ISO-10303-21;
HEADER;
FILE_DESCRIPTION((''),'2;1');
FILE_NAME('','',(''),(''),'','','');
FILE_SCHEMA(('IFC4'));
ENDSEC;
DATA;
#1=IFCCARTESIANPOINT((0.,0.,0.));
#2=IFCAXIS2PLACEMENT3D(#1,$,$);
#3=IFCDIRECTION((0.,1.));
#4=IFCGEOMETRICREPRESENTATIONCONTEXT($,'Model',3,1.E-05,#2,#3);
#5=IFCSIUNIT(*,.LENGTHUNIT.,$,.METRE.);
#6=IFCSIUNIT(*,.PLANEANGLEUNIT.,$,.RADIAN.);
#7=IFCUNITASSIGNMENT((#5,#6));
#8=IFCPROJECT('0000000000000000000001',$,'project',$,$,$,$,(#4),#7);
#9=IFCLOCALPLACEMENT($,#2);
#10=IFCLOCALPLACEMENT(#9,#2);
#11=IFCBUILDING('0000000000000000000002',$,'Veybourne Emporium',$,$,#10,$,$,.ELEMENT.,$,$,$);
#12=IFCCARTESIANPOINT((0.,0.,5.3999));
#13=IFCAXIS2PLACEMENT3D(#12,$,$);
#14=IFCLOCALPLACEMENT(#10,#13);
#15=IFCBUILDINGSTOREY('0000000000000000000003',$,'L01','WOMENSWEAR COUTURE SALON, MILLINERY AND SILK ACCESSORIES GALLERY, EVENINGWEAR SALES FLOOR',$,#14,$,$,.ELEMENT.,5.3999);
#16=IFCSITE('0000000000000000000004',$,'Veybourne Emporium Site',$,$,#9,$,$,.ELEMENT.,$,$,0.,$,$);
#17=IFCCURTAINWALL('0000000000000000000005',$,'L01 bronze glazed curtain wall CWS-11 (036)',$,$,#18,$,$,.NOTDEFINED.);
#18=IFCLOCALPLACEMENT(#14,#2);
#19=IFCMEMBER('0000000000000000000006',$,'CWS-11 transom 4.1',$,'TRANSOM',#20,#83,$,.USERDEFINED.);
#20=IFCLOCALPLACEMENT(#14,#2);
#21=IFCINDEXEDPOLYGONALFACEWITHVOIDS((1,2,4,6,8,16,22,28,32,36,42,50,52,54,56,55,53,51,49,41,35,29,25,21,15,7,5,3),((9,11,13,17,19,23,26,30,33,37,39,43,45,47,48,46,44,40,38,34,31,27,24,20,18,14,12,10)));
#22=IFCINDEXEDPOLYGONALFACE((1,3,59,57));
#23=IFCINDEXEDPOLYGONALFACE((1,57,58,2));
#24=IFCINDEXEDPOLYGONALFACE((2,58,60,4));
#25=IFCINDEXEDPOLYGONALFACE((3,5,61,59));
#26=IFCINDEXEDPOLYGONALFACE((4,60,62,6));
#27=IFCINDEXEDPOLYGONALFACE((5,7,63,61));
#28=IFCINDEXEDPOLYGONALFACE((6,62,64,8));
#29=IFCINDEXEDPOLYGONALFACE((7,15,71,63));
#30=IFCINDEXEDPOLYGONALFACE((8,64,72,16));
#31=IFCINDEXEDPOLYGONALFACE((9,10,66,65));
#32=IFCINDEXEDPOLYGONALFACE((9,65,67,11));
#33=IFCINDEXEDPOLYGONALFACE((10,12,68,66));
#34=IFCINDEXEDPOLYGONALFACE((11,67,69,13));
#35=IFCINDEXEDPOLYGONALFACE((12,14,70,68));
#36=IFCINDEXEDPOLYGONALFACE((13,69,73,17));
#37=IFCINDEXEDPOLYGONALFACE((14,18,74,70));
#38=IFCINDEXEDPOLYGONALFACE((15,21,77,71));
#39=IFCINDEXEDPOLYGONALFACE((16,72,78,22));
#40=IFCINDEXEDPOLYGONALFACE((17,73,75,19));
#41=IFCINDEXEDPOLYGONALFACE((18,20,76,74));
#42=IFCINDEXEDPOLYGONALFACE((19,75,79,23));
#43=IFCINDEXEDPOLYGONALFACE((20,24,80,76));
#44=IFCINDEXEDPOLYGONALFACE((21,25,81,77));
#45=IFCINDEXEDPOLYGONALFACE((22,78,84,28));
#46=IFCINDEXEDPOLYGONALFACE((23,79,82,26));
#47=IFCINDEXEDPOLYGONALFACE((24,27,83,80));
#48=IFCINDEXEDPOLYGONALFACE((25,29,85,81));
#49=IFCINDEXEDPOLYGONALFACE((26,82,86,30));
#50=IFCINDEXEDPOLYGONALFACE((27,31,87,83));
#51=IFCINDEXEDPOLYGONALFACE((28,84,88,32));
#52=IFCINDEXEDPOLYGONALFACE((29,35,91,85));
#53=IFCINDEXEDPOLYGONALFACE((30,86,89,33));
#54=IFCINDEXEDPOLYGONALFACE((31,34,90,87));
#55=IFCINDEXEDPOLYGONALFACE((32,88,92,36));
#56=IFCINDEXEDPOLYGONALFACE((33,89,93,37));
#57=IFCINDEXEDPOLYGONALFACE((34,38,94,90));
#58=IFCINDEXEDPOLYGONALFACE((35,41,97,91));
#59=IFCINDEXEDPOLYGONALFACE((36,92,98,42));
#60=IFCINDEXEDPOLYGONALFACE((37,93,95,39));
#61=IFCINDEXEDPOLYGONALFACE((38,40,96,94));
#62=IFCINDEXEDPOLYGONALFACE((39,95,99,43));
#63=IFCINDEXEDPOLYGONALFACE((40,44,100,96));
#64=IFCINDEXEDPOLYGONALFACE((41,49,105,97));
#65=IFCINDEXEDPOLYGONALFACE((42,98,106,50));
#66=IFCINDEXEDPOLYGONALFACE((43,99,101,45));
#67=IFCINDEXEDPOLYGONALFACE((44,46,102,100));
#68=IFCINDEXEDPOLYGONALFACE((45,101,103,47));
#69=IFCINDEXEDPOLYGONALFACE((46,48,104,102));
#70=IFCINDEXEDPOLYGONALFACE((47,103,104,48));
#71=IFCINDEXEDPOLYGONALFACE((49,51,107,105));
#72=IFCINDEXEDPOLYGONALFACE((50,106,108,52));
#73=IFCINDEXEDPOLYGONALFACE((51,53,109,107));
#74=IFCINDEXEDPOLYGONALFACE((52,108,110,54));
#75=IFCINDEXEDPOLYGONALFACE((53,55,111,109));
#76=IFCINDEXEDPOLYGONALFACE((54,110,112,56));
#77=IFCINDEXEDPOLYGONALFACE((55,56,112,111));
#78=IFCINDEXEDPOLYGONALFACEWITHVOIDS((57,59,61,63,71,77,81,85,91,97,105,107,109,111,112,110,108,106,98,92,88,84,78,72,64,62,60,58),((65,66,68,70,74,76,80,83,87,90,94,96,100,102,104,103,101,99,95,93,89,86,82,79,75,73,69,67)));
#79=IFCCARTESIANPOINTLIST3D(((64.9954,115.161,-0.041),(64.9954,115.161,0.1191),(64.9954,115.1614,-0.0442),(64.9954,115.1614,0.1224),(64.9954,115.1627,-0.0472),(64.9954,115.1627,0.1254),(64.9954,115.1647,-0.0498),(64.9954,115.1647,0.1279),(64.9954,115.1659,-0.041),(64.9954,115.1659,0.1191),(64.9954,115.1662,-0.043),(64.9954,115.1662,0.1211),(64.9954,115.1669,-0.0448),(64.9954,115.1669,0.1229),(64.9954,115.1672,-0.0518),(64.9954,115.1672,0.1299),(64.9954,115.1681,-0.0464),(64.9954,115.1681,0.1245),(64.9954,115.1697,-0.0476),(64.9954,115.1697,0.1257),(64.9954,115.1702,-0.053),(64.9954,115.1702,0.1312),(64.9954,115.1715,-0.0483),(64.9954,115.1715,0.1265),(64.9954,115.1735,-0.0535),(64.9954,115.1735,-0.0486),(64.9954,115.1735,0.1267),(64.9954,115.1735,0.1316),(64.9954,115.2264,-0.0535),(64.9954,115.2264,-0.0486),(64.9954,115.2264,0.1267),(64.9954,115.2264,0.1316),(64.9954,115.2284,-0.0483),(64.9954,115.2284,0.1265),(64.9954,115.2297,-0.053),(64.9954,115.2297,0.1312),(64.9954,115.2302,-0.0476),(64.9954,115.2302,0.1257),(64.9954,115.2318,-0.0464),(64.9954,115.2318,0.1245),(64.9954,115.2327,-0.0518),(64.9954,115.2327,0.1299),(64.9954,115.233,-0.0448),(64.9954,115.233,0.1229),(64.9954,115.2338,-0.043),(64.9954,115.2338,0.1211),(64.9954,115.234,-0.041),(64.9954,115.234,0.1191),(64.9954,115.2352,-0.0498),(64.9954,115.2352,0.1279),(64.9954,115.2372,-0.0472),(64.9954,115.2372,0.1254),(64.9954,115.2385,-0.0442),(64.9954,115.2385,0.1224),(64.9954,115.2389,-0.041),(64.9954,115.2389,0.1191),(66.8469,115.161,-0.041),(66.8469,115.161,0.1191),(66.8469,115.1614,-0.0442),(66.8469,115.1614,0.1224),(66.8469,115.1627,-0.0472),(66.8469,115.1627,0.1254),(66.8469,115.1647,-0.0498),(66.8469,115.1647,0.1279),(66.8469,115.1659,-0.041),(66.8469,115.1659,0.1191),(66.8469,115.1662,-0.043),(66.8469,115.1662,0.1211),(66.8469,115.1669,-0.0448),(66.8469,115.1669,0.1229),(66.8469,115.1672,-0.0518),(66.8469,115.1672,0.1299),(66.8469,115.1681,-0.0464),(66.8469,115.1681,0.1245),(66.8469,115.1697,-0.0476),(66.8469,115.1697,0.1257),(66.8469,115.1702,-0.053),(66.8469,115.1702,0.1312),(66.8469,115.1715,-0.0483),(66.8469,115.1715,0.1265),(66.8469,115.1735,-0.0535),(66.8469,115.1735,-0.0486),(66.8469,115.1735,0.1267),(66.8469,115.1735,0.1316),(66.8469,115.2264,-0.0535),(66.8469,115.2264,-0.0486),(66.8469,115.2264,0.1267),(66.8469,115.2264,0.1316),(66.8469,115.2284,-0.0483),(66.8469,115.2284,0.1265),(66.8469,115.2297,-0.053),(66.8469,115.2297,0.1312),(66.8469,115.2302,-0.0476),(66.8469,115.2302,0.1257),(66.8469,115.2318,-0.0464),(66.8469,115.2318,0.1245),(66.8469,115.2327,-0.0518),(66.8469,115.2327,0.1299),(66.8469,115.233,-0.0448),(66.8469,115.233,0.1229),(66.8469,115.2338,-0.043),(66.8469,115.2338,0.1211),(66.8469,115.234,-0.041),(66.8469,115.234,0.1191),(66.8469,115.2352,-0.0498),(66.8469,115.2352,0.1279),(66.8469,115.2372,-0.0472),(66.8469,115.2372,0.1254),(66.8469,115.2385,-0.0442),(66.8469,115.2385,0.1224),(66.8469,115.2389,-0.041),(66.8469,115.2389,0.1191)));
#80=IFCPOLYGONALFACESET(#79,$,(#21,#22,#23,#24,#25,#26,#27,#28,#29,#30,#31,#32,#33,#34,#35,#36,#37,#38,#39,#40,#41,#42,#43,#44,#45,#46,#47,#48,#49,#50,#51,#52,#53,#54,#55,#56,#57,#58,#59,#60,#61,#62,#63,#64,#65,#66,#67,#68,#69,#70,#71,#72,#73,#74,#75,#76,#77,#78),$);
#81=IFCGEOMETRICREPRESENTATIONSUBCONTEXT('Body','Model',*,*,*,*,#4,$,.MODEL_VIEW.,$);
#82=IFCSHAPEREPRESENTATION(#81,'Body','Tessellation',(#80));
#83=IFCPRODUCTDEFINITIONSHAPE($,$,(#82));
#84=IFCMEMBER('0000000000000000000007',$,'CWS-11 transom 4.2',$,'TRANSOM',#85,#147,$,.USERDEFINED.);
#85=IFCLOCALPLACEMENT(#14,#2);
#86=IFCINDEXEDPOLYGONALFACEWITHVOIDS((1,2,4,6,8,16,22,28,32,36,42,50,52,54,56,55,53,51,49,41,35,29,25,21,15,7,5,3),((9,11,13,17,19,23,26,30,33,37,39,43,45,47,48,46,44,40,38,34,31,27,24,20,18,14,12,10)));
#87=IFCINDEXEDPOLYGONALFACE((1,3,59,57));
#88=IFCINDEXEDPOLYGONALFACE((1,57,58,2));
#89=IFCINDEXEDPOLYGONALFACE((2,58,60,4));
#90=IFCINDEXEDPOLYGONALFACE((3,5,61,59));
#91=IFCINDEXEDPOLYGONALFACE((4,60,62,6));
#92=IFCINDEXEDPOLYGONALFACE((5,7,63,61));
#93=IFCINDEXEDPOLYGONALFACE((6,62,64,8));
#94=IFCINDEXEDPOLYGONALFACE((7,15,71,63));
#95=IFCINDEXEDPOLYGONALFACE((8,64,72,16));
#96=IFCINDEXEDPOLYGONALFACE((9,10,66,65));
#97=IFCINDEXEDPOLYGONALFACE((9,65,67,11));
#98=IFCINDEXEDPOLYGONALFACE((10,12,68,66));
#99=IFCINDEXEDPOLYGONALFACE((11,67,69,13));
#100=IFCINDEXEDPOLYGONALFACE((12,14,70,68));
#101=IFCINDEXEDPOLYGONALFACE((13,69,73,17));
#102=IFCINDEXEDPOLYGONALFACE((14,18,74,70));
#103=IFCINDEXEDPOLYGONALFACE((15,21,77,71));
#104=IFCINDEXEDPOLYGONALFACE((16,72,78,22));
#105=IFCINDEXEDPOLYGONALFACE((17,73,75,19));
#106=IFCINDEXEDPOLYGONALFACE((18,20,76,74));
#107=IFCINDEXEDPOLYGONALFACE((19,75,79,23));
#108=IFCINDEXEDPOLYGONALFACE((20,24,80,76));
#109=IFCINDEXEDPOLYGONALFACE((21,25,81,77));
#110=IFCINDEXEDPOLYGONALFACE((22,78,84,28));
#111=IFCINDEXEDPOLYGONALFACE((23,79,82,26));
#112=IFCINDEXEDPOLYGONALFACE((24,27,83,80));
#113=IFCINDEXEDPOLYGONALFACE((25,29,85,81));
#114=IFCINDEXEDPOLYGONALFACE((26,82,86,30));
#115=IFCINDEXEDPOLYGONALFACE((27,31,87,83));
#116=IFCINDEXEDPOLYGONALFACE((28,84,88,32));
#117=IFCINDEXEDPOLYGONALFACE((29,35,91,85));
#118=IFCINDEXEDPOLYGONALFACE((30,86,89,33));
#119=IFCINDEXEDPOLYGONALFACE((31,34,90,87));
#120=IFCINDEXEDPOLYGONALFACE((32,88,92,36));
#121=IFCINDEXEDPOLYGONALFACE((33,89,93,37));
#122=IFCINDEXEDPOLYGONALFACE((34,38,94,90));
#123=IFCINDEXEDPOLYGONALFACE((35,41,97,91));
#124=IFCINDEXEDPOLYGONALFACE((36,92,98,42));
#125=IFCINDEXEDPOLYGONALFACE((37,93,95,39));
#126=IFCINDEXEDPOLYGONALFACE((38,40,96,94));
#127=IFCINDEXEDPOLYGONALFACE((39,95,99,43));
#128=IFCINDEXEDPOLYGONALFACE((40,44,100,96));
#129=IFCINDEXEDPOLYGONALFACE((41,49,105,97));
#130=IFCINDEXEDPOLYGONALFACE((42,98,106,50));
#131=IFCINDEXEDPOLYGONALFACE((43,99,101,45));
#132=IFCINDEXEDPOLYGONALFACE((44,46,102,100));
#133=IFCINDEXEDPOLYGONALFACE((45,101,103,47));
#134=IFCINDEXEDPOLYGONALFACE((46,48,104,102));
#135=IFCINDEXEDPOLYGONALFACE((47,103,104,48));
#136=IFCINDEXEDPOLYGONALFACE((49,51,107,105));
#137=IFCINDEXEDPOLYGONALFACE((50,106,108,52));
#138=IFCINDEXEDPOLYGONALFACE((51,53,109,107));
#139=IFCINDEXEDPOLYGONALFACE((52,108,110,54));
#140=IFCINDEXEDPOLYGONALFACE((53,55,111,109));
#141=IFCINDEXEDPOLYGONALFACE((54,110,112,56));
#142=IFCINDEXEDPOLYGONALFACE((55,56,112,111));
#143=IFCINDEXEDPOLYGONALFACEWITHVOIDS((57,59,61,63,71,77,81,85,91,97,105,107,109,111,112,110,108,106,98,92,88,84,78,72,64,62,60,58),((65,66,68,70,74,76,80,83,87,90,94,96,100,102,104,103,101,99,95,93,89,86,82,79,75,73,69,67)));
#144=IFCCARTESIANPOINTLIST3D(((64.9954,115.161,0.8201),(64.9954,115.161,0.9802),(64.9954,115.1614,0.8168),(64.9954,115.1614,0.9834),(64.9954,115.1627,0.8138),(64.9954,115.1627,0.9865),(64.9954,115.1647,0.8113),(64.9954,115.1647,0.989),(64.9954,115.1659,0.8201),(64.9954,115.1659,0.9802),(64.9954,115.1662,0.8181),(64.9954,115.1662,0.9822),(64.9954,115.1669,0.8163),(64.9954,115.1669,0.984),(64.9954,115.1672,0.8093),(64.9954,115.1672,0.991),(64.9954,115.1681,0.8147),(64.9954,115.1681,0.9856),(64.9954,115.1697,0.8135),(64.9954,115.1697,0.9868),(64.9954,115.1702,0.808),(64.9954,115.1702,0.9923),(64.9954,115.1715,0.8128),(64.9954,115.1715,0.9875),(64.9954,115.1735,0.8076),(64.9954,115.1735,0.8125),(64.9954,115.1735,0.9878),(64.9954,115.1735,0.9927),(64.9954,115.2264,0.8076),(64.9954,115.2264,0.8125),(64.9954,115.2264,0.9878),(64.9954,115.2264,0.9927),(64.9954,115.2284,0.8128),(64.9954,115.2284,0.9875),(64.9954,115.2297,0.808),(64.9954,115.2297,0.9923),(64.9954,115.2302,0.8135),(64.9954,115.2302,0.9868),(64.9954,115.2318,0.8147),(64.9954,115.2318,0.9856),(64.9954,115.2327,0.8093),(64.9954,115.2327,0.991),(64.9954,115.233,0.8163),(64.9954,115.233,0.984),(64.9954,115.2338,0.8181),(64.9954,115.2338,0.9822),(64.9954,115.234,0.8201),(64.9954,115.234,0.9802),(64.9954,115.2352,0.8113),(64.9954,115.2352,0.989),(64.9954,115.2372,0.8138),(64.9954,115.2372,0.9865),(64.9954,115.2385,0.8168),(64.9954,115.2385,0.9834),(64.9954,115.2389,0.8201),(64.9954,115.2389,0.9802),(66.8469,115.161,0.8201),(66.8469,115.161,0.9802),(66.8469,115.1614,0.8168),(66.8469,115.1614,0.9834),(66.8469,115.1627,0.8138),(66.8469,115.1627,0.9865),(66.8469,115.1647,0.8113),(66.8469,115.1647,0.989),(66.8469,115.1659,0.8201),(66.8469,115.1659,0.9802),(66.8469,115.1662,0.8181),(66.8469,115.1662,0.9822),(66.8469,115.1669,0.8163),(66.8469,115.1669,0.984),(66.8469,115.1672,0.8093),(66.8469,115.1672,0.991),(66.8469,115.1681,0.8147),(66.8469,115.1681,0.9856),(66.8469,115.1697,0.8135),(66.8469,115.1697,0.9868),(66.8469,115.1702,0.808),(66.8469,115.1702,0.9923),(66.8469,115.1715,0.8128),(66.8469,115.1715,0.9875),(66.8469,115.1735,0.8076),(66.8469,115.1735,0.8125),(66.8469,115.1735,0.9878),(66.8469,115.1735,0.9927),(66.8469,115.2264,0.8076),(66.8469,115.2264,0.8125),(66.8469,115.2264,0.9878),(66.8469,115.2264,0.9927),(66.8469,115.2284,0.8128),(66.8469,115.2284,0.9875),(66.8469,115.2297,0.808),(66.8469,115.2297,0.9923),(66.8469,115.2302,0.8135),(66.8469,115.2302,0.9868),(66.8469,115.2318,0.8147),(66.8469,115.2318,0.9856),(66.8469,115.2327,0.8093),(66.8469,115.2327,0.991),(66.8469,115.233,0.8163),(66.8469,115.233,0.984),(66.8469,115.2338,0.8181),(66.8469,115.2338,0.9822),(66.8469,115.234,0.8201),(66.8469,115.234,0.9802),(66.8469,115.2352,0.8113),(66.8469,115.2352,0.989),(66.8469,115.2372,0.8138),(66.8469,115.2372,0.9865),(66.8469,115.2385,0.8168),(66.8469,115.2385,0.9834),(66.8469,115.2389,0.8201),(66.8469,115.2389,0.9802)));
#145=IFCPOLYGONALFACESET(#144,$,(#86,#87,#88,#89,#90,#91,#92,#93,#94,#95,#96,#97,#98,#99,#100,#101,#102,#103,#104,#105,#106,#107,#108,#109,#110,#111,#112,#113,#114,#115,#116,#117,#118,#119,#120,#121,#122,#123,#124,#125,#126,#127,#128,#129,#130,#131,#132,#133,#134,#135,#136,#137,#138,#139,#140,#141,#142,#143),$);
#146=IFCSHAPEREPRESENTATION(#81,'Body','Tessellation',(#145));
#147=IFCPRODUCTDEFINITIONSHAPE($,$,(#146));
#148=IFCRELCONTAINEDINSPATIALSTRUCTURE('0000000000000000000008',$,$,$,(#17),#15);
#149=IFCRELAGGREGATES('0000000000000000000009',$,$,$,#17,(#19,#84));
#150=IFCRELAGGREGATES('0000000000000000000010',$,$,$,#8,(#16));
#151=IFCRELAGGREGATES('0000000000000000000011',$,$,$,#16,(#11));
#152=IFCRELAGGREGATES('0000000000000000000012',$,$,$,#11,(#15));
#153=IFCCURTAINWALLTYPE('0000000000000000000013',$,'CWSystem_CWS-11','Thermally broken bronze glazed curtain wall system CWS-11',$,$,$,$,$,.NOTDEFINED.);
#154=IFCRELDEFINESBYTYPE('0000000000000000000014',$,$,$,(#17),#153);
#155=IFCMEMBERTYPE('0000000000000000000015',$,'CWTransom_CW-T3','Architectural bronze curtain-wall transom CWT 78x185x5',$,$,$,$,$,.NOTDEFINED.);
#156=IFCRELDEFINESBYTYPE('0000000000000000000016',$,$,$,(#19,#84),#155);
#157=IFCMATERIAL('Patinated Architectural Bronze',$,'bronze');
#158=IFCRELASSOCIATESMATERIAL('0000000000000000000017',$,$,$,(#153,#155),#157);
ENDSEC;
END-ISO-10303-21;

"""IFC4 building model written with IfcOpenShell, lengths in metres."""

from ifc_helpers import new_model, si_unit, direction, frame, origin, origin_2d, place, context, subcontext, project, spatial, hollow_rectangle, extrude, material, material_profile, profile_set, type_object, element, aggregate, save


model = new_model("IFC4")

# Units and contexts
model_context = context("Model", 3, precision=1e-05, world=origin(), true_north=direction((0.0, 1.0)))
body_context = subcontext(model_context, "Body", "Model", "MODEL_VIEW")
ifc_project = project(units=[si_unit("LENGTHUNIT", "METRE"), si_unit("PLANEANGLEUNIT", "RADIAN")], contexts=[model_context])

# Site, building, storey
site_placement = place(None, origin())
site = spatial("IfcSite", under=ifc_project, at=site_placement, Name="Veybourne Emporium Site", CompositionType="ELEMENT", RefElevation=0.0)
building_placement = place(site_placement, origin())
building = spatial("IfcBuilding", under=site, at=building_placement, Name="Veybourne Emporium", CompositionType="ELEMENT")
storey_placement = place(building_placement, frame((0.0, 0.0, 5.3999)))
storey = spatial("IfcBuildingStorey", under=building, at=storey_placement, Name="L01", Description="WOMENSWEAR COUTURE SALON, MILLINERY AND SILK ACCESSORIES GALLERY, EVENINGWEAR SALES FLOOR", CompositionType="ELEMENT", Elevation=5.3999)

# Curtain wall, members
ifc_material_1 = material(Name="Patinated Architectural Bronze", Category="bronze")
curtain_wall_type = type_object("IfcCurtainWallType", Name="CWSystem_CWS-11", Description="Thermally broken bronze glazed curtain wall system CWS-11", PredefinedType="NOTDEFINED", material=ifc_material_1)
curtain_wall_placement = place(storey_placement, origin())
curtain_wall = element("IfcCurtainWall", 1, at=curtain_wall_placement, inside=storey, type_object=curtain_wall_type, Name="L01 bronze glazed curtain wall CWS-11 (036)", PredefinedType="NOTDEFINED")
ifc_material_profile_1 = material_profile(ifc_material_1, hollow_rectangle(XDim=0.0779, YDim=0.1851, WallThickness=0.0049, InnerFilletRadius=0.0076, OuterFilletRadius=0.0125, at=origin_2d()), Name="CWT 78x185x5")
ifc_profile_set_1 = profile_set([ifc_material_profile_1], Name="Patinated Architectural Bronze")
member_type_1 = type_object("IfcMemberType", Name="CWTransom_CW-T3", Description="Architectural bronze curtain-wall transom CWT 78x185x5", PredefinedType="NOTDEFINED", material=ifc_profile_set_1)
member_1_placement = place(storey_placement, frame((64.9954, 115.2, 0.0391), z_axis=(1.0, 0.0, 0.0), x_axis=(0.0, 1.0, 0.0)))
member_1 = element("IfcMember", 2, at=member_1_placement, type_object=member_type_1, Name="CWS-11 transom 4.1", ObjectType="TRANSOM", PredefinedType="USERDEFINED", context=body_context, shape_type="SweptSolid", body=[
    extrude(hollow_rectangle(XDim=0.0779, YDim=0.1851, WallThickness=0.0049, InnerFilletRadius=0.0076, OuterFilletRadius=0.0125, at=origin_2d()), origin(), (0.0, 0.0, 1.0), 1.8516),
])
member_2_placement = place(storey_placement, frame((64.9954, 115.2, 0.9001), z_axis=(1.0, 0.0, 0.0), x_axis=(0.0, 1.0, 0.0)))
member_2 = element("IfcMember", 3, at=member_2_placement, type_object=member_type_1, Name="CWS-11 transom 4.2", ObjectType="TRANSOM", PredefinedType="USERDEFINED", context=body_context, shape_type="SweptSolid", body=[
    extrude(hollow_rectangle(XDim=0.0779, YDim=0.1851, WallThickness=0.0049, InnerFilletRadius=0.0076, OuterFilletRadius=0.0125, at=origin_2d()), origin(), (0.0, 0.0, 1.0), 1.8516),
])

aggregate(curtain_wall, [member_1, member_2])

save(model, "model.ifc")
